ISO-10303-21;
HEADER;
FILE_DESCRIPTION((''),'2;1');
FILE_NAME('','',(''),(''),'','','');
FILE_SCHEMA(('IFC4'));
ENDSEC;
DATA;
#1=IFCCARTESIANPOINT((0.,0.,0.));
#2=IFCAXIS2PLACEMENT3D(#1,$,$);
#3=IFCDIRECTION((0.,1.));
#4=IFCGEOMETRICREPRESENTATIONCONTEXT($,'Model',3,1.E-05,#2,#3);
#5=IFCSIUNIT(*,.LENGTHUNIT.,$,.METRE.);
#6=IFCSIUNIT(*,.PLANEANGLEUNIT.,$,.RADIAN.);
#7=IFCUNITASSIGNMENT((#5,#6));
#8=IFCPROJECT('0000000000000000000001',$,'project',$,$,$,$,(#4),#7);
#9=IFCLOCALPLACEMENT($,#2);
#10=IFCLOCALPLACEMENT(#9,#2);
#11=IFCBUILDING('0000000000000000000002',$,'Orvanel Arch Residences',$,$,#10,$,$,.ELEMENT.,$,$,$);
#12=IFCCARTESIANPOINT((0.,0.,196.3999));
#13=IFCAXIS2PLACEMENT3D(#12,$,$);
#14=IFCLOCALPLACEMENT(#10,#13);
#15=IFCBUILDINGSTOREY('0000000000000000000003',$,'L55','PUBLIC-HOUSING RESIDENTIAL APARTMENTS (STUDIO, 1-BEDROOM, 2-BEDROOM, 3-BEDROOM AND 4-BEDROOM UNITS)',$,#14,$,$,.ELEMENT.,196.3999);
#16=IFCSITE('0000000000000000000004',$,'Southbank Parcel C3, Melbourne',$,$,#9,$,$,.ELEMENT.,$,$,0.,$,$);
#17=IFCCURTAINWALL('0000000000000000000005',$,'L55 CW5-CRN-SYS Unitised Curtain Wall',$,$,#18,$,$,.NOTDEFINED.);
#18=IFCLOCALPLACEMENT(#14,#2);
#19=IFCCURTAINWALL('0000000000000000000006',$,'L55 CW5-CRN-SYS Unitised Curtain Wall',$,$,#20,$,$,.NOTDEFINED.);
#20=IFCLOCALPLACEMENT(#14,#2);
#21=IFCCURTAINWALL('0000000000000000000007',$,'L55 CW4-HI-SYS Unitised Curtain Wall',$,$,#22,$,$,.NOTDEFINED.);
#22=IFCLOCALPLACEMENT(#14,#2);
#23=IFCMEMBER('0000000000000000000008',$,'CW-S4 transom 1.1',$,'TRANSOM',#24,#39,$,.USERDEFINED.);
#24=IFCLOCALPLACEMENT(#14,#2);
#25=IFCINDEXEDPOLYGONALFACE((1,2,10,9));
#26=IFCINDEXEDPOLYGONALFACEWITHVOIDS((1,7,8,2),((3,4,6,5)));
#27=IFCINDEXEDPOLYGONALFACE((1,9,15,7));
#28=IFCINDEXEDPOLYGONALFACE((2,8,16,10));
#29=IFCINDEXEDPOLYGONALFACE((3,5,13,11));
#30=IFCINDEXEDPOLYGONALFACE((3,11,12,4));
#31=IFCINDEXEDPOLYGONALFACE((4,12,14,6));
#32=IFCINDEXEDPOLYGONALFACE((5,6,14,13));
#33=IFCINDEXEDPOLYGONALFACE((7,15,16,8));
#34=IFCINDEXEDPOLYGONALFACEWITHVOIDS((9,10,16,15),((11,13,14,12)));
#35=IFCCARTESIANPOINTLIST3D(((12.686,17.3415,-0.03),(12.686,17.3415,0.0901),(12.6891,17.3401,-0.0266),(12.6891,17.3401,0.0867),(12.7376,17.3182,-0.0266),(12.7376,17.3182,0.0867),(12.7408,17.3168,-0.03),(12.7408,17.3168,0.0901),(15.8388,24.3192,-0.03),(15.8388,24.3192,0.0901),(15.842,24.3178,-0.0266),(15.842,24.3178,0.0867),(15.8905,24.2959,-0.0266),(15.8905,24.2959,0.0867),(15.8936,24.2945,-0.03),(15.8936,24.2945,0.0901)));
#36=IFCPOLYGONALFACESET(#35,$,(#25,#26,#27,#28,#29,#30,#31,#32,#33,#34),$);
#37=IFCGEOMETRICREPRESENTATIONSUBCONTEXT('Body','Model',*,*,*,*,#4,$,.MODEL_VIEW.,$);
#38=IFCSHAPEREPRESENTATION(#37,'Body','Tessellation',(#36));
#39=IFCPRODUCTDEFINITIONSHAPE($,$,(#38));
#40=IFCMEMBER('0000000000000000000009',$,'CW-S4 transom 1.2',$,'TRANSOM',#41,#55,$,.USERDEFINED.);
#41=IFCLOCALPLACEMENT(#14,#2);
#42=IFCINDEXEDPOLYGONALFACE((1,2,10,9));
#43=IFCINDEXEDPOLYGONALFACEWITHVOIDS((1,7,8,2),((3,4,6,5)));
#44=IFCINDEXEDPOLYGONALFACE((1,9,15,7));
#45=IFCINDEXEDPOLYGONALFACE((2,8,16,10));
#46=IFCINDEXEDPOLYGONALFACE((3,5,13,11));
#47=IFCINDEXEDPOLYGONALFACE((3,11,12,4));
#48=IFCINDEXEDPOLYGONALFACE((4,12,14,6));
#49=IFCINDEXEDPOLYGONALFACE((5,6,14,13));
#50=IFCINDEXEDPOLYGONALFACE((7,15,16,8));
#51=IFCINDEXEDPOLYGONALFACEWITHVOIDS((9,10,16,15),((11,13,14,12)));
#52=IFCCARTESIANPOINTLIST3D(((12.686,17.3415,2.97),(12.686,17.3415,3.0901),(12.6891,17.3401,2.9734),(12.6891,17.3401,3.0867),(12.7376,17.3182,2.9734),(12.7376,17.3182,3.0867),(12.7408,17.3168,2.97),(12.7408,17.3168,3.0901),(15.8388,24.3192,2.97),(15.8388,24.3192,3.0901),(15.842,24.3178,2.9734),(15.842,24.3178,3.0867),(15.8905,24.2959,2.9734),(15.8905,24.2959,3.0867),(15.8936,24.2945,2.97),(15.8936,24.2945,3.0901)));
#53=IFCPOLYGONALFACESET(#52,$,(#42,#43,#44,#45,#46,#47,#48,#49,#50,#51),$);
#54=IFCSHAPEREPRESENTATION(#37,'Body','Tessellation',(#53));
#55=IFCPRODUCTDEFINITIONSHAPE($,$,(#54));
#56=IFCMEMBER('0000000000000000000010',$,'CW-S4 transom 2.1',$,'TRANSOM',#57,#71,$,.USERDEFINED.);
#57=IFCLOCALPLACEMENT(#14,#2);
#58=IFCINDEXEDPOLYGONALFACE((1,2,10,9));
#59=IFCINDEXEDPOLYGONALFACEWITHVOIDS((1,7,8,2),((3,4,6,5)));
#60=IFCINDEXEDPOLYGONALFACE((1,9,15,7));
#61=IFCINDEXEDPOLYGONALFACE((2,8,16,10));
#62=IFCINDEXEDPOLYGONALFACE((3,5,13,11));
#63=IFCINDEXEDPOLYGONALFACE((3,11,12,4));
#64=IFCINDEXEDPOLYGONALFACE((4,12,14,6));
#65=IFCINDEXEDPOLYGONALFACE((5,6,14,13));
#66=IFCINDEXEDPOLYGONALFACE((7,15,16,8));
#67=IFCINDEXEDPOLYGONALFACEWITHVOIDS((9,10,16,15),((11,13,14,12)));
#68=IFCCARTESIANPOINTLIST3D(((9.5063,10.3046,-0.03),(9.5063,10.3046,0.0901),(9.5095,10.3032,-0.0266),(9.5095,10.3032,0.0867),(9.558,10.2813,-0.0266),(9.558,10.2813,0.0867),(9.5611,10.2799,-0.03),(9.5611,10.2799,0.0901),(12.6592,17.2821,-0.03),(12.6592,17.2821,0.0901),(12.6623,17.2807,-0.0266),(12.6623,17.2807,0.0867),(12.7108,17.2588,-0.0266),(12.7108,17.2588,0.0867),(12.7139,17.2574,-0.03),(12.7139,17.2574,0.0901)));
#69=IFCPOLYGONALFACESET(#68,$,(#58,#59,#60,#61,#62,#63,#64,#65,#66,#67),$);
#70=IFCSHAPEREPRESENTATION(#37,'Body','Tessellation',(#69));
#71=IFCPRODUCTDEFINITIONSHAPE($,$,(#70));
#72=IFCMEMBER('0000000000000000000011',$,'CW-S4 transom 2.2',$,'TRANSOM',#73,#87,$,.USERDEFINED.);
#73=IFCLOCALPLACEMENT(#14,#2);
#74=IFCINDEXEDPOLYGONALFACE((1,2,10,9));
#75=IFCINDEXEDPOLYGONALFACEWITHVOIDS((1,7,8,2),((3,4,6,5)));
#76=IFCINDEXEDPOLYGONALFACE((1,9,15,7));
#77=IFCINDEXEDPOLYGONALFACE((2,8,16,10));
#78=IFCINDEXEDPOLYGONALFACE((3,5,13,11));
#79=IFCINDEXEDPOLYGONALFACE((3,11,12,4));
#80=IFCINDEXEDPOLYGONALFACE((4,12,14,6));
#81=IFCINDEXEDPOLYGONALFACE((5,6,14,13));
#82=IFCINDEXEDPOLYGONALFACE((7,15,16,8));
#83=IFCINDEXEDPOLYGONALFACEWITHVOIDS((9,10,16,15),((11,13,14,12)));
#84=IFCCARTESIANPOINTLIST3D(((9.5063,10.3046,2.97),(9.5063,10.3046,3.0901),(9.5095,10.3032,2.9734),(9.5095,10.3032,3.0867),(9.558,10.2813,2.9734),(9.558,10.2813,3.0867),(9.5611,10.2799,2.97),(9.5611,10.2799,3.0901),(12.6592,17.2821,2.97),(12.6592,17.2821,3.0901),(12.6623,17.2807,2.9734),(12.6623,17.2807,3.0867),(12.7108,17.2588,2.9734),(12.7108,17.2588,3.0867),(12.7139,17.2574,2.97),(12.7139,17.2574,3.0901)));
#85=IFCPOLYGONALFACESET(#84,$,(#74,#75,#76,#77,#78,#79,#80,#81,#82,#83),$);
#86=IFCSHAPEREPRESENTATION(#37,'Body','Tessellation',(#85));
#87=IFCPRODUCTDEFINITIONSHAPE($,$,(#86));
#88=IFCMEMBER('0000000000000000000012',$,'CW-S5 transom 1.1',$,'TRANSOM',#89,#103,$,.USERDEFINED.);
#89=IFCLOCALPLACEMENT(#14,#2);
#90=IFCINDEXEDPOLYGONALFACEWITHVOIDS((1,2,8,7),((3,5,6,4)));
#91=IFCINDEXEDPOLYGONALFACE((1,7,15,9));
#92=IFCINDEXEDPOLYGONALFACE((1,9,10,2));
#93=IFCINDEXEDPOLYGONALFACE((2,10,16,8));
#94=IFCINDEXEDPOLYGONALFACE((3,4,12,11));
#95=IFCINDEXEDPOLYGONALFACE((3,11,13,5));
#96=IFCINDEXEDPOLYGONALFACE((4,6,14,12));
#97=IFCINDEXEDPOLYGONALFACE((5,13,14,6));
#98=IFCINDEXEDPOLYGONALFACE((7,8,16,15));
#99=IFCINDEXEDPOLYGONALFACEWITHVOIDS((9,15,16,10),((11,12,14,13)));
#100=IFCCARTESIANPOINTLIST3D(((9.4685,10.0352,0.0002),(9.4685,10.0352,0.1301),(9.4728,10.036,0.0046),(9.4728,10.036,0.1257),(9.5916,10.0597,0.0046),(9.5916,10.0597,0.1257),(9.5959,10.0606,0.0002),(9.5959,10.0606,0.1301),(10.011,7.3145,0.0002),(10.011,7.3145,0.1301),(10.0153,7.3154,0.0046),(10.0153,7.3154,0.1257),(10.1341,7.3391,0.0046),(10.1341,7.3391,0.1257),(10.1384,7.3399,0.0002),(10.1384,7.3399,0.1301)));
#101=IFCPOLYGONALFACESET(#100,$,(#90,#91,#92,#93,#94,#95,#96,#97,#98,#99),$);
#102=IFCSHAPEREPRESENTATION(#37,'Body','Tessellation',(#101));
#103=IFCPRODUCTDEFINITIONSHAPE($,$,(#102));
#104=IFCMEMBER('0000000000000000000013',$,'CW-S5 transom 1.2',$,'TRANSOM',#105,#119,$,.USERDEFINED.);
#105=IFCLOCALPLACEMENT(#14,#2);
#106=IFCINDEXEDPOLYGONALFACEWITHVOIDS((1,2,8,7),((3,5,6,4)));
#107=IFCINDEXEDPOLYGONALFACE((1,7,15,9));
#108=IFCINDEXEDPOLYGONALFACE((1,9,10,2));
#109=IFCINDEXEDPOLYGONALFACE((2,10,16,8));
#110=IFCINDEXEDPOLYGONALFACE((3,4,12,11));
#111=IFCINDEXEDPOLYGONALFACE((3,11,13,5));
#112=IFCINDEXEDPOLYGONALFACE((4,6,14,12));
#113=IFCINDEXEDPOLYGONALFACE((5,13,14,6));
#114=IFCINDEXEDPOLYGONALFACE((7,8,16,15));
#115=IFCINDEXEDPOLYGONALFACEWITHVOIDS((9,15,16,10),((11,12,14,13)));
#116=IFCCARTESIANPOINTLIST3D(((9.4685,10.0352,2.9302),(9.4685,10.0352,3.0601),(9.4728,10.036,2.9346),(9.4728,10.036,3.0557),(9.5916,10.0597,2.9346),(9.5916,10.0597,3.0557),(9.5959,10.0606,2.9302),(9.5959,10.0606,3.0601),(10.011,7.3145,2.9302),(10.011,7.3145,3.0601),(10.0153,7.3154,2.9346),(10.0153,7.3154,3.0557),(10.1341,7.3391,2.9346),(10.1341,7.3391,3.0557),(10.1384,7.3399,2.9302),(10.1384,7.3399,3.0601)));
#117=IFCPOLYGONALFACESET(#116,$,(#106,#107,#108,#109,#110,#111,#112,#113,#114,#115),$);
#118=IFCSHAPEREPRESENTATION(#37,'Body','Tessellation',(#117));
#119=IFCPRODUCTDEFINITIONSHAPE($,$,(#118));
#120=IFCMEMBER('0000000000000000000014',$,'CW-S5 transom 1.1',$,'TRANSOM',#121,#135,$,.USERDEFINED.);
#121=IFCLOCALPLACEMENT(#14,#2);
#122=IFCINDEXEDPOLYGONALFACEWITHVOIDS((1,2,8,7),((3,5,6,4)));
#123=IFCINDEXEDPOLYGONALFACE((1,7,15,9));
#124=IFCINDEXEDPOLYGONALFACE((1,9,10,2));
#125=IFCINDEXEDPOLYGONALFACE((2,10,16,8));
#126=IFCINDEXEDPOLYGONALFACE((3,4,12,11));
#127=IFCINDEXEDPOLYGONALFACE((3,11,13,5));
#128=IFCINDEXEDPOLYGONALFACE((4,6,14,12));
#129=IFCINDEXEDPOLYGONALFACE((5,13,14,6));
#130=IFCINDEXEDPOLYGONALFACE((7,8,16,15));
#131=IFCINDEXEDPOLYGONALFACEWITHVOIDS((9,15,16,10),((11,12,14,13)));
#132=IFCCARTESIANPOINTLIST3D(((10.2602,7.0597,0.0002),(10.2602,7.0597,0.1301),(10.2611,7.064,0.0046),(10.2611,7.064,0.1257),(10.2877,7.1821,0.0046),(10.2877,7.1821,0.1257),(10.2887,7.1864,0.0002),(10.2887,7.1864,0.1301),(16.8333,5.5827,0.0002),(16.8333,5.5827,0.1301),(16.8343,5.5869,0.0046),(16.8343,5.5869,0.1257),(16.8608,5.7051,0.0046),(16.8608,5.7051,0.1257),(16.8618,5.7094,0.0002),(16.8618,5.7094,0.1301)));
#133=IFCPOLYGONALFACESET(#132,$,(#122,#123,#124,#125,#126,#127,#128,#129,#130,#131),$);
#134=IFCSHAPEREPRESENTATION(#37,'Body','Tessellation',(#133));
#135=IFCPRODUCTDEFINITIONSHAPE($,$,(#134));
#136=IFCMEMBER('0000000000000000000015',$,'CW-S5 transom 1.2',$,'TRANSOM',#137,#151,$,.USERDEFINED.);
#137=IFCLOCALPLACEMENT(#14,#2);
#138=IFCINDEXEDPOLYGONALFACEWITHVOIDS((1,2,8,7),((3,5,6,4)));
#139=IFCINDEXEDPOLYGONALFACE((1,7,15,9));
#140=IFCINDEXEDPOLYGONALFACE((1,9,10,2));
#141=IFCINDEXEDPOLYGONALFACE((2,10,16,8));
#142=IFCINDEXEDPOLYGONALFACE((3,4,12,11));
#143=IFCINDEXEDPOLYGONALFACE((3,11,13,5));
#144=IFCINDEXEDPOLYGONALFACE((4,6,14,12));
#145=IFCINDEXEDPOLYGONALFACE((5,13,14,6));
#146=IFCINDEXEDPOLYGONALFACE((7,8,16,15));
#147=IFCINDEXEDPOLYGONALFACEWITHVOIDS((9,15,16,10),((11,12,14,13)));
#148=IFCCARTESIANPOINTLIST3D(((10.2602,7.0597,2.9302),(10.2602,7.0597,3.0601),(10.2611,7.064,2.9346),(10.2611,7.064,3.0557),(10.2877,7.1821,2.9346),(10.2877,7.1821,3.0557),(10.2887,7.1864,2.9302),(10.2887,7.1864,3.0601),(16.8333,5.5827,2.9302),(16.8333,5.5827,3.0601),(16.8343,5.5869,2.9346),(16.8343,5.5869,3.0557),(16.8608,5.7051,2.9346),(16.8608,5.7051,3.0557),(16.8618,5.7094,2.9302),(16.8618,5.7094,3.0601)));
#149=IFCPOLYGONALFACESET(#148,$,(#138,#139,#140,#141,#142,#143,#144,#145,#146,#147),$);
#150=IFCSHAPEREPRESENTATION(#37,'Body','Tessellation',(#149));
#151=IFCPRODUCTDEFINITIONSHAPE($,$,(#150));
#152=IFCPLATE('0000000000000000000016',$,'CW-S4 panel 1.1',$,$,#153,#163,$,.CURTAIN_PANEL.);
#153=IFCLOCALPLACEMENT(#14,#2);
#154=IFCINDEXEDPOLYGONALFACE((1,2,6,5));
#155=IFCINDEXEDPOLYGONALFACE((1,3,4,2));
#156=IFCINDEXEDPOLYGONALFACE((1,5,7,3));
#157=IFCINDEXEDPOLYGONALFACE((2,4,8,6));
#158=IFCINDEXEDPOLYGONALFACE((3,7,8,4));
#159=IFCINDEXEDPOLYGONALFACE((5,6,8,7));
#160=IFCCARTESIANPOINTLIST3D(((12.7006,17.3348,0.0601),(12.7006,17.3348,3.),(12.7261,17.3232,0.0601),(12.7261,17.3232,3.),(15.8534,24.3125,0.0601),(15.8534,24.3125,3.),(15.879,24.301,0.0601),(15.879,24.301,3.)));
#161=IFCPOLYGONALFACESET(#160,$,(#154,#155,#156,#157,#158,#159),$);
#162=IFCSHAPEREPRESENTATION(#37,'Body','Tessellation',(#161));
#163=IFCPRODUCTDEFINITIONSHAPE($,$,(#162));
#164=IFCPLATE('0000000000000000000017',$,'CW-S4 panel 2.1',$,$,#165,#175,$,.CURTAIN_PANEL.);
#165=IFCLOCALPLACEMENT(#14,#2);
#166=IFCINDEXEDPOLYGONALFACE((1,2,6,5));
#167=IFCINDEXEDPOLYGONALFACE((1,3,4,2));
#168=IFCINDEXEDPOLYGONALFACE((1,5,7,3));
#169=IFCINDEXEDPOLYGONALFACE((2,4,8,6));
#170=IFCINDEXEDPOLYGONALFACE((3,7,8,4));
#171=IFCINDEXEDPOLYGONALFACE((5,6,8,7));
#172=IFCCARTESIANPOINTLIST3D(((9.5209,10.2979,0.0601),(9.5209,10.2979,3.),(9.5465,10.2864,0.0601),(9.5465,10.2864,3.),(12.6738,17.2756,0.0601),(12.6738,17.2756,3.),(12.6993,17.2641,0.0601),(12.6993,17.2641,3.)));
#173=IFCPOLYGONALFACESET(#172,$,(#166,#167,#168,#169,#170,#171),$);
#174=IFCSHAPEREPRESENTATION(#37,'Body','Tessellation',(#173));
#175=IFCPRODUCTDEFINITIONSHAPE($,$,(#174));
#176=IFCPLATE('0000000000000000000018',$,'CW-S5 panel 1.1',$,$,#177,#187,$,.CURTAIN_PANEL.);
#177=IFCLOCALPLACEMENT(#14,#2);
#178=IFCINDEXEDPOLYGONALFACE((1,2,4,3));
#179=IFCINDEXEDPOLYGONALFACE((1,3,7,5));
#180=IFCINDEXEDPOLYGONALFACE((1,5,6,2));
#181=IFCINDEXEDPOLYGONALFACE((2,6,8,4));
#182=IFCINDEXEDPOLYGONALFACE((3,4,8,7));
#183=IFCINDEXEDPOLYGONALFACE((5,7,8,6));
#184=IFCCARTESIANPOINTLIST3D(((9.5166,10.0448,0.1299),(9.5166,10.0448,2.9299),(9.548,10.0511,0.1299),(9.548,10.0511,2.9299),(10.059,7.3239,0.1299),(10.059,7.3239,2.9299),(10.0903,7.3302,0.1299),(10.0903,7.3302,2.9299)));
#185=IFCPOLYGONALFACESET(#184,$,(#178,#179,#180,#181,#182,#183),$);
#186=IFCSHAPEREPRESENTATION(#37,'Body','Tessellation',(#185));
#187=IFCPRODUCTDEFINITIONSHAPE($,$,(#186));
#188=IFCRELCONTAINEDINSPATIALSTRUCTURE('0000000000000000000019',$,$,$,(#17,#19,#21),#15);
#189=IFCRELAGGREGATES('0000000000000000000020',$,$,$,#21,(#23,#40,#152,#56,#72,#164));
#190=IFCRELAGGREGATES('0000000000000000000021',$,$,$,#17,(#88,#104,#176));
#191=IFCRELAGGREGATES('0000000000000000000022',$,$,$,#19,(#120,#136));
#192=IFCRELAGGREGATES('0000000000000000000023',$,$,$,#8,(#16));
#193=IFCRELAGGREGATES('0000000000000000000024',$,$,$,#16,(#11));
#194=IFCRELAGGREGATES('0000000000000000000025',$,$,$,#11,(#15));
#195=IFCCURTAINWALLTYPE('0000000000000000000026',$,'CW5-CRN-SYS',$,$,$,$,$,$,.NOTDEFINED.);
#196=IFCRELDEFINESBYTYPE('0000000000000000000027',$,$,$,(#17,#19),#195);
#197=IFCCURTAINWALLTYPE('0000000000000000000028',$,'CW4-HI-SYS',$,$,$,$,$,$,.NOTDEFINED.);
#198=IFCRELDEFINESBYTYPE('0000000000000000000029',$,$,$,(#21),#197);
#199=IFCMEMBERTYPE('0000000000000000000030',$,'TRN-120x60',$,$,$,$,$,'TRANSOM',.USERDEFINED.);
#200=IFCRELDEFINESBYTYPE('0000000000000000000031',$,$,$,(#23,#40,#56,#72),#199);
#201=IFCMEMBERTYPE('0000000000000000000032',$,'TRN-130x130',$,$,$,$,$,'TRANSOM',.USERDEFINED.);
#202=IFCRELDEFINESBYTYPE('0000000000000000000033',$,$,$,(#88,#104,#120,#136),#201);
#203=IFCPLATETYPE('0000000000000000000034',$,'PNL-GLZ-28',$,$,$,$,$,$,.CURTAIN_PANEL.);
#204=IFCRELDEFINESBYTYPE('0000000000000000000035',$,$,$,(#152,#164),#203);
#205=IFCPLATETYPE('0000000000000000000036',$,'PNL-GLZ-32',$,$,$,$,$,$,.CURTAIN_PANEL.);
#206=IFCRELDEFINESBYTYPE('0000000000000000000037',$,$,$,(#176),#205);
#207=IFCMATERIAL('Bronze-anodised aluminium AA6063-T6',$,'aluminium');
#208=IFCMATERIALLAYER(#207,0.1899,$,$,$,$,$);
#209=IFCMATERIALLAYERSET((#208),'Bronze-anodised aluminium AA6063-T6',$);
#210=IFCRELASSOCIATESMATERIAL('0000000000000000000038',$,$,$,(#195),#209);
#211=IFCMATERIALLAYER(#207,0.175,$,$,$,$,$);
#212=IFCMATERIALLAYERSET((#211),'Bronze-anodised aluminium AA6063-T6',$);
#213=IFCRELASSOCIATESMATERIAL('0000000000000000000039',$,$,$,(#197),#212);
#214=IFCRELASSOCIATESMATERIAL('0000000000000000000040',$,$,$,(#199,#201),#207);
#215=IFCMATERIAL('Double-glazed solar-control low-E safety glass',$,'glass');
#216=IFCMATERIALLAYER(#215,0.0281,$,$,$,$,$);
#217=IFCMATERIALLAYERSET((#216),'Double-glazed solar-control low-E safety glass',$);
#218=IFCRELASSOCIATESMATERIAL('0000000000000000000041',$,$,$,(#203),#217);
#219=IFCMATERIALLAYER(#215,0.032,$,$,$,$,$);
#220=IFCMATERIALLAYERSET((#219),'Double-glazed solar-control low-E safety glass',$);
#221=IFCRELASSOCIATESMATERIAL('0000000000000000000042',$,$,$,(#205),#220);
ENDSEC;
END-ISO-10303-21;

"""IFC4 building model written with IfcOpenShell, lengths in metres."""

from ifc_helpers import new_model, si_unit, direction, frame, origin, origin_2d, place, context, subcontext, project, spatial, rectangle, hollow_rectangle, extrude, material, layer, layer_set, material_profile, profile_set, type_object, element, aggregate, save


model = new_model("IFC4")

# Units and contexts
model_context = context("Model", 3, precision=1e-05, world=origin(), true_north=direction((0.0, 1.0)))
body_context = subcontext(model_context, "Body", "Model", "MODEL_VIEW")
ifc_project = project(units=[si_unit("LENGTHUNIT", "METRE"), si_unit("PLANEANGLEUNIT", "RADIAN")], contexts=[model_context])

# Site, building, storey
site_placement = place(None, origin())
site = spatial("IfcSite", under=ifc_project, at=site_placement, Name="Southbank Parcel C3, Melbourne", CompositionType="ELEMENT", RefElevation=0.0)
building_placement = place(site_placement, origin())
building = spatial("IfcBuilding", under=site, at=building_placement, Name="Orvanel Arch Residences", CompositionType="ELEMENT")
storey_placement = place(building_placement, frame((0.0, 0.0, 196.3999)))
storey = spatial("IfcBuildingStorey", under=building, at=storey_placement, Name="L55", Description="PUBLIC-HOUSING RESIDENTIAL APARTMENTS (STUDIO, 1-BEDROOM, 2-BEDROOM, 3-BEDROOM AND 4-BEDROOM UNITS)", CompositionType="ELEMENT", Elevation=196.3999)

# Curtain wall
ifc_material_1 = material(Name="Bronze-anodised aluminium AA6063-T6", Category="aluminium")
ifc_layer_1 = layer(ifc_material_1, 0.1899)
ifc_layer_set_1 = layer_set([ifc_layer_1], Name="Bronze-anodised aluminium AA6063-T6")
curtain_wall_type_1 = type_object("IfcCurtainWallType", Name="CW5-CRN-SYS", PredefinedType="NOTDEFINED", material=ifc_layer_set_1)
curtain_wall_1_placement = place(storey_placement, origin())
curtain_wall_1 = element("IfcCurtainWall", 1, at=curtain_wall_1_placement, inside=storey, type_object=curtain_wall_type_1, Name="L55 CW5-CRN-SYS Unitised Curtain Wall", PredefinedType="NOTDEFINED")

# Curtain wall
curtain_wall_2_placement = place(storey_placement, origin())
curtain_wall_2 = element("IfcCurtainWall", 2, at=curtain_wall_2_placement, inside=storey, type_object=curtain_wall_type_1, Name="L55 CW5-CRN-SYS Unitised Curtain Wall", PredefinedType="NOTDEFINED")
ifc_layer_2 = layer(ifc_material_1, 0.175)
ifc_layer_set_2 = layer_set([ifc_layer_2], Name="Bronze-anodised aluminium AA6063-T6")
curtain_wall_type_2 = type_object("IfcCurtainWallType", Name="CW4-HI-SYS", PredefinedType="NOTDEFINED", material=ifc_layer_set_2)

# Curtain wall
curtain_wall_3_placement = place(storey_placement, origin())
curtain_wall_3 = element("IfcCurtainWall", 3, at=curtain_wall_3_placement, inside=storey, type_object=curtain_wall_type_2, Name="L55 CW4-HI-SYS Unitised Curtain Wall", PredefinedType="NOTDEFINED")

# Members
ifc_material_profile_1 = material_profile(ifc_material_1, hollow_rectangle(XDim=0.0601, YDim=0.1201, WallThickness=0.0034, at=origin_2d()), Name="ALU120x60x3.5")
ifc_profile_set_1 = profile_set([ifc_material_profile_1], Name="Bronze-anodised aluminium AA6063-T6")
member_type_1 = type_object("IfcMemberType", Name="TRN-120x60", ElementType="TRANSOM", PredefinedType="USERDEFINED", material=ifc_profile_set_1)
member_1_placement = place(storey_placement, frame((15.8662, 24.3069, 0.03), z_axis=(-0.411758, -0.911293, 0.0), x_axis=(0.911293, -0.411758, 0.0)))
member_1 = element("IfcMember", 4, at=member_1_placement, type_object=member_type_1, Name="CW-S4 transom 1.1", ObjectType="TRANSOM", PredefinedType="USERDEFINED", context=body_context, shape_type="SweptSolid", body=[
    extrude(hollow_rectangle(XDim=0.0601, YDim=0.1201, WallThickness=0.0034, at=origin_2d()), origin(), (0.0, 0.0, 1.0), 7.657),
])
member_2_placement = place(storey_placement, frame((15.8662, 24.3069, 3.03), z_axis=(-0.411758, -0.911293, 0.0), x_axis=(0.911293, -0.411758, 0.0)))
member_2 = element("IfcMember", 5, at=member_2_placement, type_object=member_type_1, Name="CW-S4 transom 1.2", ObjectType="TRANSOM", PredefinedType="USERDEFINED", context=body_context, shape_type="SweptSolid", body=[
    extrude(hollow_rectangle(XDim=0.0601, YDim=0.1201, WallThickness=0.0034, at=origin_2d()), origin(), (0.0, 0.0, 1.0), 7.657),
])
member_3_placement = place(storey_placement, frame((12.6865, 17.2698, 0.03), z_axis=(-0.41177, -0.911288, 0.0), x_axis=(0.911288, -0.41177, 0.0)))
member_3 = element("IfcMember", 6, at=member_3_placement, type_object=member_type_1, Name="CW-S4 transom 2.1", ObjectType="TRANSOM", PredefinedType="USERDEFINED", context=body_context, shape_type="SweptSolid", body=[
    extrude(hollow_rectangle(XDim=0.0601, YDim=0.1201, WallThickness=0.0034, at=origin_2d()), origin(), (0.0, 0.0, 1.0), 7.6567),
])
member_4_placement = place(storey_placement, frame((12.6865, 17.2698, 3.03), z_axis=(-0.41177, -0.911288, 0.0), x_axis=(0.911288, -0.41177, 0.0)))
member_4 = element("IfcMember", 7, at=member_4_placement, type_object=member_type_1, Name="CW-S4 transom 2.2", ObjectType="TRANSOM", PredefinedType="USERDEFINED", context=body_context, shape_type="SweptSolid", body=[
    extrude(hollow_rectangle(XDim=0.0601, YDim=0.1201, WallThickness=0.0034, at=origin_2d()), origin(), (0.0, 0.0, 1.0), 7.6567),
])
ifc_material_profile_2 = material_profile(ifc_material_1, hollow_rectangle(XDim=0.1299, YDim=0.1299, WallThickness=0.0044, at=origin_2d()), Name="ALU130x130x4.5")
ifc_profile_set_2 = profile_set([ifc_material_profile_2], Name="Bronze-anodised aluminium AA6063-T6")
member_type_2 = type_object("IfcMemberType", Name="TRN-130x130", ElementType="TRANSOM", PredefinedType="USERDEFINED", material=ifc_profile_set_2)
member_5_placement = place(storey_placement, frame((9.5322, 10.0479, 0.0652), z_axis=(0.195541, -0.980696, 0.0), x_axis=(0.980696, 0.195541, 0.0)))
member_5 = element("IfcMember", 8, at=member_5_placement, type_object=member_type_2, Name="CW-S5 transom 1.1", ObjectType="TRANSOM", PredefinedType="USERDEFINED", context=body_context, shape_type="SweptSolid", body=[
    extrude(hollow_rectangle(XDim=0.1299, YDim=0.1299, WallThickness=0.0044, at=origin_2d()), origin(), (0.0, 0.0, 1.0), 2.7742),
])
member_6_placement = place(storey_placement, frame((9.5322, 10.0479, 2.9951), z_axis=(0.195541, -0.980696, 0.0), x_axis=(0.980696, 0.195541, 0.0)))
member_6 = element("IfcMember", 9, at=member_6_placement, type_object=member_type_2, Name="CW-S5 transom 1.2", ObjectType="TRANSOM", PredefinedType="USERDEFINED", context=body_context, shape_type="SweptSolid", body=[
    extrude(hollow_rectangle(XDim=0.1299, YDim=0.1299, WallThickness=0.0044, at=origin_2d()), origin(), (0.0, 0.0, 1.0), 2.7742),
])
member_7_placement = place(storey_placement, frame((10.2744, 7.123, 0.0652), z_axis=(0.975671, -0.21924, 0.0), x_axis=(0.21924, 0.975671, 0.0)))
member_7 = element("IfcMember", 10, at=member_7_placement, type_object=member_type_2, Name="CW-S5 transom 1.1", ObjectType="TRANSOM", PredefinedType="USERDEFINED", context=body_context, shape_type="SweptSolid", body=[
    extrude(hollow_rectangle(XDim=0.1299, YDim=0.1299, WallThickness=0.0044, at=origin_2d()), origin(), (0.0, 0.0, 1.0), 6.7371),
])
member_8_placement = place(storey_placement, frame((10.2744, 7.123, 2.9951), z_axis=(0.975671, -0.21924, 0.0), x_axis=(0.21924, 0.975671, 0.0)))
member_8 = element("IfcMember", 11, at=member_8_placement, type_object=member_type_2, Name="CW-S5 transom 1.2", ObjectType="TRANSOM", PredefinedType="USERDEFINED", context=body_context, shape_type="SweptSolid", body=[
    extrude(hollow_rectangle(XDim=0.1299, YDim=0.1299, WallThickness=0.0044, at=origin_2d()), origin(), (0.0, 0.0, 1.0), 6.7371),
])

# Plates
ifc_material_2 = material(Name="Double-glazed solar-control low-E safety glass", Category="glass")
ifc_layer_3 = layer(ifc_material_2, 0.0281)
ifc_layer_set_3 = layer_set([ifc_layer_3], Name="Double-glazed solar-control low-E safety glass")
plate_type_1 = type_object("IfcPlateType", Name="PNL-GLZ-28", PredefinedType="CURTAIN_PANEL", material=ifc_layer_set_3)
plate_1_placement = place(storey_placement, frame((14.2898, 20.8179, 0.0601), z_axis=(0.0, 0.0, 1.0), x_axis=(-0.411766, -0.911289, 0.0)))
plate_1 = element("IfcPlate", 12, at=plate_1_placement, type_object=plate_type_1, Name="CW-S4 panel 1.1", PredefinedType="CURTAIN_PANEL", context=body_context, shape_type="SweptSolid", body=[
    extrude(rectangle(XDim=7.657, YDim=0.0281, at=origin_2d()), origin(), (0.0, 0.0, 1.0), 2.9399),
])
plate_2_placement = place(storey_placement, frame((11.1101, 13.781, 0.0601), z_axis=(0.0, 0.0, 1.0), x_axis=(-0.411766, -0.911289, 0.0)))
plate_2 = element("IfcPlate", 13, at=plate_2_placement, type_object=plate_type_1, Name="CW-S4 panel 2.1", PredefinedType="CURTAIN_PANEL", context=body_context, shape_type="SweptSolid", body=[
    extrude(rectangle(XDim=7.657, YDim=0.0281, at=origin_2d()), origin(), (0.0, 0.0, 1.0), 2.9399),
])
aggregate(curtain_wall_3, [member_1, member_2, plate_1, member_3, member_4, plate_2])
ifc_layer_4 = layer(ifc_material_2, 0.032)
ifc_layer_set_4 = layer_set([ifc_layer_4], Name="Double-glazed solar-control low-E safety glass")
plate_type_2 = type_object("IfcPlateType", Name="PNL-GLZ-32", PredefinedType="CURTAIN_PANEL", material=ifc_layer_set_4)
plate_3_placement = place(storey_placement, frame((9.8035, 8.6875, 0.1299), z_axis=(0.0, 0.0, 1.0), x_axis=(0.195491, -0.980706, 0.0)))
plate_3 = element("IfcPlate", 14, at=plate_3_placement, type_object=plate_type_2, Name="CW-S5 panel 1.1", PredefinedType="CURTAIN_PANEL", context=body_context, shape_type="SweptSolid", body=[
    extrude(rectangle(XDim=2.7744, YDim=0.032, at=origin_2d()), origin(), (0.0, 0.0, 1.0), 2.8),
])
aggregate(curtain_wall_1, [member_5, member_6, plate_3])
aggregate(curtain_wall_2, [member_7, member_8])

save(model, "model.ifc")
